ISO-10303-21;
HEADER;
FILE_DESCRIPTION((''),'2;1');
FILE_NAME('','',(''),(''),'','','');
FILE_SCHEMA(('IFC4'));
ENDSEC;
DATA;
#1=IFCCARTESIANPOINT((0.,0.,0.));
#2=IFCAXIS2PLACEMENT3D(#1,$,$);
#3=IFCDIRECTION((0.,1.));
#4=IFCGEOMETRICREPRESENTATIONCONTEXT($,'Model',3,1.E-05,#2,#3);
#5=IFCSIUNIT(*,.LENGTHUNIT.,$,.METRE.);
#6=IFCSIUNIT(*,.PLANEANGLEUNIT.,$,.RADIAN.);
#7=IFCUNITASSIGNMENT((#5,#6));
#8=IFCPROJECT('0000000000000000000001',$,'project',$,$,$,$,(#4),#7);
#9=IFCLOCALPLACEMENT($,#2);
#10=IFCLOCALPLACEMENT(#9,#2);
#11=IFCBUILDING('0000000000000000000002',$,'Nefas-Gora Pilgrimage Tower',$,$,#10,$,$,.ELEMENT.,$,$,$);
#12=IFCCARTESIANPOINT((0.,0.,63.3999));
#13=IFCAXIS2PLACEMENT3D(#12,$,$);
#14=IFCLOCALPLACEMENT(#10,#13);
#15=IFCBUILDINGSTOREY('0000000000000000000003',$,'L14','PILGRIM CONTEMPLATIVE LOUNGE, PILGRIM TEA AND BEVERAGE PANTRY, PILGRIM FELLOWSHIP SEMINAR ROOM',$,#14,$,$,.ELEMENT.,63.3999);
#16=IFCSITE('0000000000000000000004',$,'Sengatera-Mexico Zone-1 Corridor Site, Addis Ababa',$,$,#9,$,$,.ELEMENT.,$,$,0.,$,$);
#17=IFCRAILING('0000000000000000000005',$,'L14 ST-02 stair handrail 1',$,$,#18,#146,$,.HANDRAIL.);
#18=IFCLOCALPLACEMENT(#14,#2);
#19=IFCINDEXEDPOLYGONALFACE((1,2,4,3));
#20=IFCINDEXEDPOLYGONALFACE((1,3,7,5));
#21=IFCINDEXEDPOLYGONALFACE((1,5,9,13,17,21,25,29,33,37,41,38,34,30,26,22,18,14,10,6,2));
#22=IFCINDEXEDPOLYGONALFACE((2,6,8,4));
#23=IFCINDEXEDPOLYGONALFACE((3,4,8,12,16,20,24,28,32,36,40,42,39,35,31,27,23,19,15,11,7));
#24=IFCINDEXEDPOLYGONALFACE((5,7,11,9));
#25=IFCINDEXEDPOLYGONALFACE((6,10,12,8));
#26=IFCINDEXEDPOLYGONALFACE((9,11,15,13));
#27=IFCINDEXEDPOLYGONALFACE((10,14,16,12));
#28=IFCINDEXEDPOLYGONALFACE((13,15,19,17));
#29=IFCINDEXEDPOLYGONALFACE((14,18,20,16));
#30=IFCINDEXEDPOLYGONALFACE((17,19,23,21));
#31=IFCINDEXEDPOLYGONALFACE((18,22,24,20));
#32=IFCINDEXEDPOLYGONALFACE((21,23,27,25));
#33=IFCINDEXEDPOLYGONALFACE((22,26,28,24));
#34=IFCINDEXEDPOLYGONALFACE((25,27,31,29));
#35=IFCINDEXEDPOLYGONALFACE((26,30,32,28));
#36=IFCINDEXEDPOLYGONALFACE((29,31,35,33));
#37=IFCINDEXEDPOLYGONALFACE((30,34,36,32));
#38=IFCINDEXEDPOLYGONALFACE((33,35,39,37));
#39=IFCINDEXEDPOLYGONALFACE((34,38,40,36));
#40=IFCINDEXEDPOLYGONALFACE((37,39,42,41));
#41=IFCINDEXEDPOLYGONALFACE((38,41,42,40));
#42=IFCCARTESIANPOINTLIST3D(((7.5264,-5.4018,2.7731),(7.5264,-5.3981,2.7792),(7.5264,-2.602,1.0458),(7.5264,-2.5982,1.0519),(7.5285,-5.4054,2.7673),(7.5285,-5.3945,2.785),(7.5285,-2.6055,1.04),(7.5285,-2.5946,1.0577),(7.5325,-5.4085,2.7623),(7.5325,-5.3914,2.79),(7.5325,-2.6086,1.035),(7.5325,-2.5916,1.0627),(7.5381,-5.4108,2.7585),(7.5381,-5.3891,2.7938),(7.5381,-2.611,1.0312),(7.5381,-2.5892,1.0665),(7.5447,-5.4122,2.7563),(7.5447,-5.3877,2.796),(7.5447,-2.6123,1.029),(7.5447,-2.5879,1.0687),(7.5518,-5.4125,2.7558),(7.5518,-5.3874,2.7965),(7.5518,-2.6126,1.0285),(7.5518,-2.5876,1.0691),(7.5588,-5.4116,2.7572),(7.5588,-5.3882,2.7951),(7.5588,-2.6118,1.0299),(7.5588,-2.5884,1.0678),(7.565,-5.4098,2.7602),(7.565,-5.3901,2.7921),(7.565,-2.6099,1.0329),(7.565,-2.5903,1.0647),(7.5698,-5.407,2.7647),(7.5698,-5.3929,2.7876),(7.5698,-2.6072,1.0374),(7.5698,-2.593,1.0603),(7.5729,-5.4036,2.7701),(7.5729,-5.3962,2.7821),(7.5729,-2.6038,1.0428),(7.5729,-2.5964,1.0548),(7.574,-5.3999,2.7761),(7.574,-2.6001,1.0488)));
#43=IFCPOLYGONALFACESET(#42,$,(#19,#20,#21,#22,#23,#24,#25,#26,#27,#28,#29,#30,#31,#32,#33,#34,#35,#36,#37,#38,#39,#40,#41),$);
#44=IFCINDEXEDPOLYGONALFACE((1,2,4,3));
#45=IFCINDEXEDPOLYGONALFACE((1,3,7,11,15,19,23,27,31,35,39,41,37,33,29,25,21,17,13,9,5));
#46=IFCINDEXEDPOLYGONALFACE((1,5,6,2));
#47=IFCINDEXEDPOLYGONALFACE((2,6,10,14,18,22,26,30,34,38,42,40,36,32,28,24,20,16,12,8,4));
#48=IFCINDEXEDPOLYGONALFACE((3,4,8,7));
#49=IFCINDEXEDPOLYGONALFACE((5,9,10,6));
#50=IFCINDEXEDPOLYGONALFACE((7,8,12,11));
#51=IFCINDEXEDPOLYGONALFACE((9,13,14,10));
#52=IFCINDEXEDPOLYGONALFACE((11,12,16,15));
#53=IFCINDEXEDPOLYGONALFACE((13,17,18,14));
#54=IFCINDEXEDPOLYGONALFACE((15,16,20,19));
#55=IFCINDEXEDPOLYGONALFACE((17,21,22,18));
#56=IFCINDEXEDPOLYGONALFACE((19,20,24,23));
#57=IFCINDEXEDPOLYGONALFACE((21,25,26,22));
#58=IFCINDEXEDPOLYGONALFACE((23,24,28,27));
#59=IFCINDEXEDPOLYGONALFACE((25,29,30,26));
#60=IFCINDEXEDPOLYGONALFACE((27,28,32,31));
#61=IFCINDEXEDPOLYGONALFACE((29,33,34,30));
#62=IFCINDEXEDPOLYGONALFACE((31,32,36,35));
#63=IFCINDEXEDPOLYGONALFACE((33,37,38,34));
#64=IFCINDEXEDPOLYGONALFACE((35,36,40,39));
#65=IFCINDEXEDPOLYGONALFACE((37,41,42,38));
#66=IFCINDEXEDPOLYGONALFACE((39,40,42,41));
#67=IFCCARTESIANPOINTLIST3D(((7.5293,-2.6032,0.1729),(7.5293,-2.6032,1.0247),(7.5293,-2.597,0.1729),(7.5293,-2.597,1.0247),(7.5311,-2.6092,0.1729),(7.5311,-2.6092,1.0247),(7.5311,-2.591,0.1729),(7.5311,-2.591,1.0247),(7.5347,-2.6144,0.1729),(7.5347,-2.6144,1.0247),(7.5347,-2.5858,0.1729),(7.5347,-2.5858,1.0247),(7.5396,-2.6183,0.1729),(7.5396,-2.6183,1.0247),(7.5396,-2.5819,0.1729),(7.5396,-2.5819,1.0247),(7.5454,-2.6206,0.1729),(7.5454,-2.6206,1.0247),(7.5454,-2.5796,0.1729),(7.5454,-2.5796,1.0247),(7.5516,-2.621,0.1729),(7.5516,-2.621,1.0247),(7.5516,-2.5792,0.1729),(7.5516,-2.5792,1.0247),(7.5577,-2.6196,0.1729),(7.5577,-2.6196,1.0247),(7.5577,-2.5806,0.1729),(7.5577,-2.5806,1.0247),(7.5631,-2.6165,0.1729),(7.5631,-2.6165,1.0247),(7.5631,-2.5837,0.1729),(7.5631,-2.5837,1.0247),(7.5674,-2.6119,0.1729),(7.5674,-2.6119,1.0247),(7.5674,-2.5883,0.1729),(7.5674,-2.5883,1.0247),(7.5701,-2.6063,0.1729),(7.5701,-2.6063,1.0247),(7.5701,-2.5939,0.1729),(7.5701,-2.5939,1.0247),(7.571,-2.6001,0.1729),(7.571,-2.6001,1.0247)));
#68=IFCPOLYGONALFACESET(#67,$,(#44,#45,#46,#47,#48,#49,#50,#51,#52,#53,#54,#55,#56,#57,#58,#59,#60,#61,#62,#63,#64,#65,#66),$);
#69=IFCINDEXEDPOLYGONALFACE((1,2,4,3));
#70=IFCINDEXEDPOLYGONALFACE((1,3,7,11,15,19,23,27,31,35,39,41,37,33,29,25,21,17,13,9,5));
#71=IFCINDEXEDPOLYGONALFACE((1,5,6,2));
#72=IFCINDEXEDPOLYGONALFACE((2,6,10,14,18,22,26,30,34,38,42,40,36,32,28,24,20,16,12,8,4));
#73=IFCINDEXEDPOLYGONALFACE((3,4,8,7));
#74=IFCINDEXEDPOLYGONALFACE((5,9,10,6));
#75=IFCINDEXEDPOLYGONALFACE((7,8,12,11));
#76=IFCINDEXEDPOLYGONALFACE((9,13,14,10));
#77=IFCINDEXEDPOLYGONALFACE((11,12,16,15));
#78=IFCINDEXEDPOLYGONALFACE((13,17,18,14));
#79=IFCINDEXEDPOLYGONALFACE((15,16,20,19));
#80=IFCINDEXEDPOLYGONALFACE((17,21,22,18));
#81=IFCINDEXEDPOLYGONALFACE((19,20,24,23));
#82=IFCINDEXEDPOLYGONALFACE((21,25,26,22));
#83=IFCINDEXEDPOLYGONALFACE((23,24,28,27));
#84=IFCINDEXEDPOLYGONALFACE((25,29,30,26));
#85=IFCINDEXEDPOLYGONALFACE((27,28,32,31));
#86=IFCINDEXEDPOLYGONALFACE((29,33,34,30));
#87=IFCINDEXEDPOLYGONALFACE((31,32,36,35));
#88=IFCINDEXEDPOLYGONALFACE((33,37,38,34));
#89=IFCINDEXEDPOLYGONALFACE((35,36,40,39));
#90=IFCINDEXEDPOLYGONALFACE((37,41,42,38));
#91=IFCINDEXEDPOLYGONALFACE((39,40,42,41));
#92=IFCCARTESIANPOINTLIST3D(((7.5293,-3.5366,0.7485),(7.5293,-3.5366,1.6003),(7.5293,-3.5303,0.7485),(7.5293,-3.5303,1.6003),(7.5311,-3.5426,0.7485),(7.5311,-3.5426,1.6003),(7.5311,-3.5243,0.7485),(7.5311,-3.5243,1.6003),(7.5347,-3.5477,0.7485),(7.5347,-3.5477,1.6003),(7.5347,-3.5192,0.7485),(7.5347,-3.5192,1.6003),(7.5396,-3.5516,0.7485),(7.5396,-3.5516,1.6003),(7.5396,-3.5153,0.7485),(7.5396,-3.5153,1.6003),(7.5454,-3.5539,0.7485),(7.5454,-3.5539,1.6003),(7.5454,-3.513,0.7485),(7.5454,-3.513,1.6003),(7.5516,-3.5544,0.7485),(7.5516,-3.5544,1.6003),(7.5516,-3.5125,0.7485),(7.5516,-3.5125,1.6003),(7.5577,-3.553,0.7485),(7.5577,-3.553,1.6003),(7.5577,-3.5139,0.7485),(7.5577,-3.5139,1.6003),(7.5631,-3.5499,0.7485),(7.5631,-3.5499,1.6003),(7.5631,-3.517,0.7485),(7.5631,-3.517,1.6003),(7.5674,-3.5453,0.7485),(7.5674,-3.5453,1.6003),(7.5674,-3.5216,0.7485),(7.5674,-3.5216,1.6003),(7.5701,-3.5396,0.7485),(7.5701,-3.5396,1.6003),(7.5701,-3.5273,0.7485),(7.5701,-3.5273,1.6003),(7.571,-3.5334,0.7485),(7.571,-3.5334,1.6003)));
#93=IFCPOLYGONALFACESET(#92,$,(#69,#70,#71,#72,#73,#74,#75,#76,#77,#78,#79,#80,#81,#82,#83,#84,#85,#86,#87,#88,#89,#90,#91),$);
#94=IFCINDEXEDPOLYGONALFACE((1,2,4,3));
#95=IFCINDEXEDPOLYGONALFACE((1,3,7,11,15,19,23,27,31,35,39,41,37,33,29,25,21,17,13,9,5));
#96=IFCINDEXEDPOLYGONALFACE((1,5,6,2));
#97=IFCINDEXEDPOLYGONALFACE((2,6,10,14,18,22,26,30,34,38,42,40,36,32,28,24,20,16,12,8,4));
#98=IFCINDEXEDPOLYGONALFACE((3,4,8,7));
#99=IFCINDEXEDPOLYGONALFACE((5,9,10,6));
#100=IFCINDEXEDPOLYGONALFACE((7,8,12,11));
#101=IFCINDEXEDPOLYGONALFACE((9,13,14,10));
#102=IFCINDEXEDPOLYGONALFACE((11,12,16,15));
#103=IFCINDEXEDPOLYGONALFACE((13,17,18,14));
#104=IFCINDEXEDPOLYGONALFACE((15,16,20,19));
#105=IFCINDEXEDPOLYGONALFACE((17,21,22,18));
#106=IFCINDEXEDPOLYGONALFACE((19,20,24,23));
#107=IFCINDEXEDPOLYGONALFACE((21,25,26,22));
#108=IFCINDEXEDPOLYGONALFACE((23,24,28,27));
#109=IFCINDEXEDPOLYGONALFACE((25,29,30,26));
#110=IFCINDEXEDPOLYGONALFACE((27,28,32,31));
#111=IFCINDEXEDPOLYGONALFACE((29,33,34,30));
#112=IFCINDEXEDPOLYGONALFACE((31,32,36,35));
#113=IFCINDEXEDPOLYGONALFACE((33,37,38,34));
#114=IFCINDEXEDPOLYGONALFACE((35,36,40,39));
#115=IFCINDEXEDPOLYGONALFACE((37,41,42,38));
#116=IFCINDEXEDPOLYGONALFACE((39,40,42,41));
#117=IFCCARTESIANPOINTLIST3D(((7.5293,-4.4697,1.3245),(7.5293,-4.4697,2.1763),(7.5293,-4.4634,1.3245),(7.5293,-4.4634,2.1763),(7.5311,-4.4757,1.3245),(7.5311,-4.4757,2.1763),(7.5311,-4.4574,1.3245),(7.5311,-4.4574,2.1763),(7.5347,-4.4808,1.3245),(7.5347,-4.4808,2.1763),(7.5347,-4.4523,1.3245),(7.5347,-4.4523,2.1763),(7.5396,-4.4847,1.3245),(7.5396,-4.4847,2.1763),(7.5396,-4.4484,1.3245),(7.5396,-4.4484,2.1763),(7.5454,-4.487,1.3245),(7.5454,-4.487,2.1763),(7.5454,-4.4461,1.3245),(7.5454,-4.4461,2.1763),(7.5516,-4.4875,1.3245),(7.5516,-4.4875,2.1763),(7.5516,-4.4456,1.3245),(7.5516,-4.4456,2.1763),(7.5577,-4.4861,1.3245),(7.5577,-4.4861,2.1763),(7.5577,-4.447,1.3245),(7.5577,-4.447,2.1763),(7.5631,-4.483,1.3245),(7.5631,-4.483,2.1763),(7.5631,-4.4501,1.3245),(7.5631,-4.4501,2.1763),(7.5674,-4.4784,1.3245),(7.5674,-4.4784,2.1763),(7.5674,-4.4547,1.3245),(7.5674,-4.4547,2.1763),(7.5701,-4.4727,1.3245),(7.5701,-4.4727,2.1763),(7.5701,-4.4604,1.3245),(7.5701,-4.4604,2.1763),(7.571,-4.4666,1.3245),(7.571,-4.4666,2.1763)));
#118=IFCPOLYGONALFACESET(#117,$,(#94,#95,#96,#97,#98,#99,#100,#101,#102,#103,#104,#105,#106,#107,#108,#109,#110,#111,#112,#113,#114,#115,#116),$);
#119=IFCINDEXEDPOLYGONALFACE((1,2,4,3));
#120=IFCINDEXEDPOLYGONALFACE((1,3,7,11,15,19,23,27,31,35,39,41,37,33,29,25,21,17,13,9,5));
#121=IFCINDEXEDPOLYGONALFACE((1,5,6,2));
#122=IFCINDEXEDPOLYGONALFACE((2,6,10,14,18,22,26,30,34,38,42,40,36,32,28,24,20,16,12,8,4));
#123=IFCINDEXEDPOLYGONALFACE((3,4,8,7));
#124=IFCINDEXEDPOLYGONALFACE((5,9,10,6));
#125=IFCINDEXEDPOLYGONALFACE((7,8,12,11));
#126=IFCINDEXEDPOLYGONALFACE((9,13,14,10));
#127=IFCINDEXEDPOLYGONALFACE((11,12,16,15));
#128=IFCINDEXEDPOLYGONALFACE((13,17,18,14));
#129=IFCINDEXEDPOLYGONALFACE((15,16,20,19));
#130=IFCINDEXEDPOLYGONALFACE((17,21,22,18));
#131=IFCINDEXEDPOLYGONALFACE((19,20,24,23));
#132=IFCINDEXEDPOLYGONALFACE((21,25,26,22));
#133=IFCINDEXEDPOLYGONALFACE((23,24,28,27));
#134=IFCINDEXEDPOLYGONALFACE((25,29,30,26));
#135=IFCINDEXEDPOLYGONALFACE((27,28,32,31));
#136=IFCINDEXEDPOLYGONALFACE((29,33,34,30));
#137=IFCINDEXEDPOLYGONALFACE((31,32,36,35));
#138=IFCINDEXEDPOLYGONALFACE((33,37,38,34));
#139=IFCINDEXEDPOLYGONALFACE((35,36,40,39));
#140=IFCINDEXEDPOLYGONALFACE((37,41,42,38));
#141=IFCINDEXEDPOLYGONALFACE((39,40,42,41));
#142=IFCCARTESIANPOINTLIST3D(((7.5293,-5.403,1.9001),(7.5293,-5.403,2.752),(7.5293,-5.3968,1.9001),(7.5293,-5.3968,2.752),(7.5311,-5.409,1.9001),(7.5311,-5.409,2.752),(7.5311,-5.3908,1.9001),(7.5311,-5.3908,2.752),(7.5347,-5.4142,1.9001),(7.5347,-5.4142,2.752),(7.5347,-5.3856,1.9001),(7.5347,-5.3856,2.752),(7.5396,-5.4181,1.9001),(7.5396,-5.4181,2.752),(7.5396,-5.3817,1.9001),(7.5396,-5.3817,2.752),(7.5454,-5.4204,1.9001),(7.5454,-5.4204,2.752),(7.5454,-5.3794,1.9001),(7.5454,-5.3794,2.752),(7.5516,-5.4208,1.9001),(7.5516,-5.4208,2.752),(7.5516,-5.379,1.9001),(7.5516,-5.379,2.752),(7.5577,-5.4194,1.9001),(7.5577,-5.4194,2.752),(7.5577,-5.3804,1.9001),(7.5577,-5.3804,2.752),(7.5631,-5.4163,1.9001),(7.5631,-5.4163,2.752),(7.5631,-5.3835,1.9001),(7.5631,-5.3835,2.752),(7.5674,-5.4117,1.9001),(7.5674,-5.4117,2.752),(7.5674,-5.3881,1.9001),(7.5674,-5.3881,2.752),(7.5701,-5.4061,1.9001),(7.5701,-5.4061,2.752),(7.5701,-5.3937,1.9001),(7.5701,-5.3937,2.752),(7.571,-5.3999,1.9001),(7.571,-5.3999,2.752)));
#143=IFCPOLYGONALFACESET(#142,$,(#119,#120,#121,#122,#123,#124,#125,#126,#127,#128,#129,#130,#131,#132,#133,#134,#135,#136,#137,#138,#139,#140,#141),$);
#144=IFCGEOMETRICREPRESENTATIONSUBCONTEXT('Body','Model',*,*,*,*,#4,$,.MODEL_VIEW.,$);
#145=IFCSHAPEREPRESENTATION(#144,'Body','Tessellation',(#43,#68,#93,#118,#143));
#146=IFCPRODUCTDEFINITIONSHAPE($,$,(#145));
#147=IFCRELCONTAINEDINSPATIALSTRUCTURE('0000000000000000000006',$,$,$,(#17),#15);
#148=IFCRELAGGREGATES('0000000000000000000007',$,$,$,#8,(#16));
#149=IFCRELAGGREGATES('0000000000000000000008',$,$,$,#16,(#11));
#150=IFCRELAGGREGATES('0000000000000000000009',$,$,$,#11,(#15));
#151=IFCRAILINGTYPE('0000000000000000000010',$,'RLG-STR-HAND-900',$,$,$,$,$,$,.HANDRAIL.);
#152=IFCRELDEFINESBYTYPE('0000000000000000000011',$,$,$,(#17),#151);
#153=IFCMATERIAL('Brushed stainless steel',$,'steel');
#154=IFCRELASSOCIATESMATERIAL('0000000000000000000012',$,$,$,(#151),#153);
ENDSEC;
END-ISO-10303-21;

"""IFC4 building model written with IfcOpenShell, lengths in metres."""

from ifc_helpers import new_model, si_unit, direction, frame, origin, origin_2d, place, context, subcontext, project, spatial, circle, extrude, material, type_object, element, save


model = new_model("IFC4")

# Units and contexts
model_context = context("Model", 3, precision=1e-05, world=origin(), true_north=direction((0.0, 1.0)))
body_context = subcontext(model_context, "Body", "Model", "MODEL_VIEW")
ifc_project = project(units=[si_unit("LENGTHUNIT", "METRE"), si_unit("PLANEANGLEUNIT", "RADIAN")], contexts=[model_context])

# Site, building, storey
site_placement = place(None, origin())
site = spatial("IfcSite", under=ifc_project, at=site_placement, Name="Sengatera-Mexico Zone-1 Corridor Site, Addis Ababa", CompositionType="ELEMENT", RefElevation=0.0)
building_placement = place(site_placement, origin())
building = spatial("IfcBuilding", under=site, at=building_placement, Name="Nefas-Gora Pilgrimage Tower", CompositionType="ELEMENT")
storey_placement = place(building_placement, frame((0.0, 0.0, 63.3999)))
storey = spatial("IfcBuildingStorey", under=building, at=storey_placement, Name="L14", Description="PILGRIM CONTEMPLATIVE LOUNGE, PILGRIM TEA AND BEVERAGE PANTRY, PILGRIM FELLOWSHIP SEMINAR ROOM", CompositionType="ELEMENT", Elevation=63.3999)

# Railing
ifc_material_1 = material(Name="Brushed stainless steel", Category="steel")
railing_type_1 = type_object("IfcRailingType", Name="RLG-STR-HAND-900", PredefinedType="HANDRAIL", material=ifc_material_1)
railing_1_placement = place(storey_placement, frame((7.55, -2.6001, 0.1729)))
element("IfcRailing", 1, at=railing_1_placement, inside=storey, type_object=railing_type_1, Name="L14 ST-02 stair handrail 1", PredefinedType="HANDRAIL", context=body_context, shape_type="SweptSolid", body=[
    extrude(circle(Radius=0.0239, at=origin_2d()), frame((0.0, 0.0, 0.876), z_axis=(0.0, -0.851069, 0.525054), x_axis=(1.0, 0.0, 0.0)), (0.0, 0.0, 1.0), 3.2898),
    extrude(circle(Radius=0.021, at=origin_2d()), origin(), (0.0, 0.0, 1.0), 0.8518),
    extrude(circle(Radius=0.021, at=origin_2d()), frame((0.0, -0.9333, 0.5757)), (0.0, 0.0, 1.0), 0.8518),
    extrude(circle(Radius=0.021, at=origin_2d()), frame((0.0, -1.8665, 1.1516)), (0.0, 0.0, 1.0), 0.8518),
    extrude(circle(Radius=0.021, at=origin_2d()), frame((0.0, -2.7998, 1.7273)), (0.0, 0.0, 1.0), 0.8518),
])

save(model, "model.ifc")
